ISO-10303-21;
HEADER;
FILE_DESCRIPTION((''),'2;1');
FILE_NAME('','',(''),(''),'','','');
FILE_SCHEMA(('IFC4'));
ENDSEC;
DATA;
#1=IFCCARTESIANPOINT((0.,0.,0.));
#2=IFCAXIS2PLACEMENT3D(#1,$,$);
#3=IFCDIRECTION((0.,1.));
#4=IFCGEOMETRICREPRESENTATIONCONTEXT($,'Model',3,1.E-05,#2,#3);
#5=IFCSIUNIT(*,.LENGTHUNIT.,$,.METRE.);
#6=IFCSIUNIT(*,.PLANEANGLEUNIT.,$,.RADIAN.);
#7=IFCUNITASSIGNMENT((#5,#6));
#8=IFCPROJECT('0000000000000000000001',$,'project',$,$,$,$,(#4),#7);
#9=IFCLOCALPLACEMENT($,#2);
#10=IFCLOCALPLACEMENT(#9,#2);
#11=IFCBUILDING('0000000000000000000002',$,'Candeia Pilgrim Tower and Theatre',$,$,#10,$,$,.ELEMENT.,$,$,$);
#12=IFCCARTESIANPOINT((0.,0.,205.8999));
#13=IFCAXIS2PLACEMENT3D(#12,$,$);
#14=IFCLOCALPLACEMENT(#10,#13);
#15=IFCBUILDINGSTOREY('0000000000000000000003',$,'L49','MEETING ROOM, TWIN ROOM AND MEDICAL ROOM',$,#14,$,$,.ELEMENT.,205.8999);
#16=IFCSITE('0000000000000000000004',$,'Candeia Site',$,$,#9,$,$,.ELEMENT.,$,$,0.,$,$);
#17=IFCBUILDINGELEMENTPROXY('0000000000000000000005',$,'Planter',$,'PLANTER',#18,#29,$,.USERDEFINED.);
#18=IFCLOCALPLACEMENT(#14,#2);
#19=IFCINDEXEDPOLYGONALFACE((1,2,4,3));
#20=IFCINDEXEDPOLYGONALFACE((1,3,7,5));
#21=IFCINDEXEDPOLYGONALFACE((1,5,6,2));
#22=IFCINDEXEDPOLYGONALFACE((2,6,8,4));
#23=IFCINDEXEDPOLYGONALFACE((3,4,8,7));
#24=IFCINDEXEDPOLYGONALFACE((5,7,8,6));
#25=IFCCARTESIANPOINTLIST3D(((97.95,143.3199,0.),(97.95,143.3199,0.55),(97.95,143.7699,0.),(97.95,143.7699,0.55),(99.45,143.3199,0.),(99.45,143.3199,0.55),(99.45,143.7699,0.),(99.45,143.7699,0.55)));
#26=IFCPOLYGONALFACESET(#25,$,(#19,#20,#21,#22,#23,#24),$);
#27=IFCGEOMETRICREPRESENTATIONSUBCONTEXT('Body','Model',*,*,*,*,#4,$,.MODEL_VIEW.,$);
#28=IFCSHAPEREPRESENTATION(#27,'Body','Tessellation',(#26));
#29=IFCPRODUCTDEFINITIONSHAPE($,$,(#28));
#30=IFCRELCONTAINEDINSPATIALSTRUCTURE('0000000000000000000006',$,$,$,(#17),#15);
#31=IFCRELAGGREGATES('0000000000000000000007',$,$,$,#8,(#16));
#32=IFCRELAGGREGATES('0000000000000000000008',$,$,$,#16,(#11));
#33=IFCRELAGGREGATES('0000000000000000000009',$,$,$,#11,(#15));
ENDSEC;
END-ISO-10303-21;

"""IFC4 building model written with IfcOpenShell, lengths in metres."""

from ifc_helpers import new_model, si_unit, direction, frame, origin, origin_2d, place, context, subcontext, project, spatial, rectangle, extrude, element, save


model = new_model("IFC4")

# Units and contexts
model_context = context("Model", 3, precision=1e-05, world=origin(), true_north=direction((0.0, 1.0)))
body_context = subcontext(model_context, "Body", "Model", "MODEL_VIEW")
ifc_project = project(units=[si_unit("LENGTHUNIT", "METRE"), si_unit("PLANEANGLEUNIT", "RADIAN")], contexts=[model_context])

# Site, building, storey
site_placement = place(None, origin())
site = spatial("IfcSite", under=ifc_project, at=site_placement, Name="Candeia Site", CompositionType="ELEMENT", RefElevation=0.0)
building_placement = place(site_placement, origin())
building = spatial("IfcBuilding", under=site, at=building_placement, Name="Candeia Pilgrim Tower and Theatre", CompositionType="ELEMENT")
storey_placement = place(building_placement, frame((0.0, 0.0, 205.8999)))
storey = spatial("IfcBuildingStorey", under=building, at=storey_placement, Name="L49", Description="MEETING ROOM, TWIN ROOM AND MEDICAL ROOM", CompositionType="ELEMENT", Elevation=205.8999)

# Building element proxy
proxy_placement = place(storey_placement, frame((98.7, 143.5449, 0.0), z_axis=(0.0, 0.0, 1.0), x_axis=(-1.0, 0.0, 0.0)))
element("IfcBuildingElementProxy", 1, at=proxy_placement, inside=storey, Name="Planter", ObjectType="PLANTER", PredefinedType="USERDEFINED", context=body_context, shape_type="SweptSolid", body=[
    extrude(rectangle(XDim=1.5, YDim=0.45, at=origin_2d()), origin(), (0.0, 0.0, 1.0), 0.55),
])

save(model, "model.ifc")
